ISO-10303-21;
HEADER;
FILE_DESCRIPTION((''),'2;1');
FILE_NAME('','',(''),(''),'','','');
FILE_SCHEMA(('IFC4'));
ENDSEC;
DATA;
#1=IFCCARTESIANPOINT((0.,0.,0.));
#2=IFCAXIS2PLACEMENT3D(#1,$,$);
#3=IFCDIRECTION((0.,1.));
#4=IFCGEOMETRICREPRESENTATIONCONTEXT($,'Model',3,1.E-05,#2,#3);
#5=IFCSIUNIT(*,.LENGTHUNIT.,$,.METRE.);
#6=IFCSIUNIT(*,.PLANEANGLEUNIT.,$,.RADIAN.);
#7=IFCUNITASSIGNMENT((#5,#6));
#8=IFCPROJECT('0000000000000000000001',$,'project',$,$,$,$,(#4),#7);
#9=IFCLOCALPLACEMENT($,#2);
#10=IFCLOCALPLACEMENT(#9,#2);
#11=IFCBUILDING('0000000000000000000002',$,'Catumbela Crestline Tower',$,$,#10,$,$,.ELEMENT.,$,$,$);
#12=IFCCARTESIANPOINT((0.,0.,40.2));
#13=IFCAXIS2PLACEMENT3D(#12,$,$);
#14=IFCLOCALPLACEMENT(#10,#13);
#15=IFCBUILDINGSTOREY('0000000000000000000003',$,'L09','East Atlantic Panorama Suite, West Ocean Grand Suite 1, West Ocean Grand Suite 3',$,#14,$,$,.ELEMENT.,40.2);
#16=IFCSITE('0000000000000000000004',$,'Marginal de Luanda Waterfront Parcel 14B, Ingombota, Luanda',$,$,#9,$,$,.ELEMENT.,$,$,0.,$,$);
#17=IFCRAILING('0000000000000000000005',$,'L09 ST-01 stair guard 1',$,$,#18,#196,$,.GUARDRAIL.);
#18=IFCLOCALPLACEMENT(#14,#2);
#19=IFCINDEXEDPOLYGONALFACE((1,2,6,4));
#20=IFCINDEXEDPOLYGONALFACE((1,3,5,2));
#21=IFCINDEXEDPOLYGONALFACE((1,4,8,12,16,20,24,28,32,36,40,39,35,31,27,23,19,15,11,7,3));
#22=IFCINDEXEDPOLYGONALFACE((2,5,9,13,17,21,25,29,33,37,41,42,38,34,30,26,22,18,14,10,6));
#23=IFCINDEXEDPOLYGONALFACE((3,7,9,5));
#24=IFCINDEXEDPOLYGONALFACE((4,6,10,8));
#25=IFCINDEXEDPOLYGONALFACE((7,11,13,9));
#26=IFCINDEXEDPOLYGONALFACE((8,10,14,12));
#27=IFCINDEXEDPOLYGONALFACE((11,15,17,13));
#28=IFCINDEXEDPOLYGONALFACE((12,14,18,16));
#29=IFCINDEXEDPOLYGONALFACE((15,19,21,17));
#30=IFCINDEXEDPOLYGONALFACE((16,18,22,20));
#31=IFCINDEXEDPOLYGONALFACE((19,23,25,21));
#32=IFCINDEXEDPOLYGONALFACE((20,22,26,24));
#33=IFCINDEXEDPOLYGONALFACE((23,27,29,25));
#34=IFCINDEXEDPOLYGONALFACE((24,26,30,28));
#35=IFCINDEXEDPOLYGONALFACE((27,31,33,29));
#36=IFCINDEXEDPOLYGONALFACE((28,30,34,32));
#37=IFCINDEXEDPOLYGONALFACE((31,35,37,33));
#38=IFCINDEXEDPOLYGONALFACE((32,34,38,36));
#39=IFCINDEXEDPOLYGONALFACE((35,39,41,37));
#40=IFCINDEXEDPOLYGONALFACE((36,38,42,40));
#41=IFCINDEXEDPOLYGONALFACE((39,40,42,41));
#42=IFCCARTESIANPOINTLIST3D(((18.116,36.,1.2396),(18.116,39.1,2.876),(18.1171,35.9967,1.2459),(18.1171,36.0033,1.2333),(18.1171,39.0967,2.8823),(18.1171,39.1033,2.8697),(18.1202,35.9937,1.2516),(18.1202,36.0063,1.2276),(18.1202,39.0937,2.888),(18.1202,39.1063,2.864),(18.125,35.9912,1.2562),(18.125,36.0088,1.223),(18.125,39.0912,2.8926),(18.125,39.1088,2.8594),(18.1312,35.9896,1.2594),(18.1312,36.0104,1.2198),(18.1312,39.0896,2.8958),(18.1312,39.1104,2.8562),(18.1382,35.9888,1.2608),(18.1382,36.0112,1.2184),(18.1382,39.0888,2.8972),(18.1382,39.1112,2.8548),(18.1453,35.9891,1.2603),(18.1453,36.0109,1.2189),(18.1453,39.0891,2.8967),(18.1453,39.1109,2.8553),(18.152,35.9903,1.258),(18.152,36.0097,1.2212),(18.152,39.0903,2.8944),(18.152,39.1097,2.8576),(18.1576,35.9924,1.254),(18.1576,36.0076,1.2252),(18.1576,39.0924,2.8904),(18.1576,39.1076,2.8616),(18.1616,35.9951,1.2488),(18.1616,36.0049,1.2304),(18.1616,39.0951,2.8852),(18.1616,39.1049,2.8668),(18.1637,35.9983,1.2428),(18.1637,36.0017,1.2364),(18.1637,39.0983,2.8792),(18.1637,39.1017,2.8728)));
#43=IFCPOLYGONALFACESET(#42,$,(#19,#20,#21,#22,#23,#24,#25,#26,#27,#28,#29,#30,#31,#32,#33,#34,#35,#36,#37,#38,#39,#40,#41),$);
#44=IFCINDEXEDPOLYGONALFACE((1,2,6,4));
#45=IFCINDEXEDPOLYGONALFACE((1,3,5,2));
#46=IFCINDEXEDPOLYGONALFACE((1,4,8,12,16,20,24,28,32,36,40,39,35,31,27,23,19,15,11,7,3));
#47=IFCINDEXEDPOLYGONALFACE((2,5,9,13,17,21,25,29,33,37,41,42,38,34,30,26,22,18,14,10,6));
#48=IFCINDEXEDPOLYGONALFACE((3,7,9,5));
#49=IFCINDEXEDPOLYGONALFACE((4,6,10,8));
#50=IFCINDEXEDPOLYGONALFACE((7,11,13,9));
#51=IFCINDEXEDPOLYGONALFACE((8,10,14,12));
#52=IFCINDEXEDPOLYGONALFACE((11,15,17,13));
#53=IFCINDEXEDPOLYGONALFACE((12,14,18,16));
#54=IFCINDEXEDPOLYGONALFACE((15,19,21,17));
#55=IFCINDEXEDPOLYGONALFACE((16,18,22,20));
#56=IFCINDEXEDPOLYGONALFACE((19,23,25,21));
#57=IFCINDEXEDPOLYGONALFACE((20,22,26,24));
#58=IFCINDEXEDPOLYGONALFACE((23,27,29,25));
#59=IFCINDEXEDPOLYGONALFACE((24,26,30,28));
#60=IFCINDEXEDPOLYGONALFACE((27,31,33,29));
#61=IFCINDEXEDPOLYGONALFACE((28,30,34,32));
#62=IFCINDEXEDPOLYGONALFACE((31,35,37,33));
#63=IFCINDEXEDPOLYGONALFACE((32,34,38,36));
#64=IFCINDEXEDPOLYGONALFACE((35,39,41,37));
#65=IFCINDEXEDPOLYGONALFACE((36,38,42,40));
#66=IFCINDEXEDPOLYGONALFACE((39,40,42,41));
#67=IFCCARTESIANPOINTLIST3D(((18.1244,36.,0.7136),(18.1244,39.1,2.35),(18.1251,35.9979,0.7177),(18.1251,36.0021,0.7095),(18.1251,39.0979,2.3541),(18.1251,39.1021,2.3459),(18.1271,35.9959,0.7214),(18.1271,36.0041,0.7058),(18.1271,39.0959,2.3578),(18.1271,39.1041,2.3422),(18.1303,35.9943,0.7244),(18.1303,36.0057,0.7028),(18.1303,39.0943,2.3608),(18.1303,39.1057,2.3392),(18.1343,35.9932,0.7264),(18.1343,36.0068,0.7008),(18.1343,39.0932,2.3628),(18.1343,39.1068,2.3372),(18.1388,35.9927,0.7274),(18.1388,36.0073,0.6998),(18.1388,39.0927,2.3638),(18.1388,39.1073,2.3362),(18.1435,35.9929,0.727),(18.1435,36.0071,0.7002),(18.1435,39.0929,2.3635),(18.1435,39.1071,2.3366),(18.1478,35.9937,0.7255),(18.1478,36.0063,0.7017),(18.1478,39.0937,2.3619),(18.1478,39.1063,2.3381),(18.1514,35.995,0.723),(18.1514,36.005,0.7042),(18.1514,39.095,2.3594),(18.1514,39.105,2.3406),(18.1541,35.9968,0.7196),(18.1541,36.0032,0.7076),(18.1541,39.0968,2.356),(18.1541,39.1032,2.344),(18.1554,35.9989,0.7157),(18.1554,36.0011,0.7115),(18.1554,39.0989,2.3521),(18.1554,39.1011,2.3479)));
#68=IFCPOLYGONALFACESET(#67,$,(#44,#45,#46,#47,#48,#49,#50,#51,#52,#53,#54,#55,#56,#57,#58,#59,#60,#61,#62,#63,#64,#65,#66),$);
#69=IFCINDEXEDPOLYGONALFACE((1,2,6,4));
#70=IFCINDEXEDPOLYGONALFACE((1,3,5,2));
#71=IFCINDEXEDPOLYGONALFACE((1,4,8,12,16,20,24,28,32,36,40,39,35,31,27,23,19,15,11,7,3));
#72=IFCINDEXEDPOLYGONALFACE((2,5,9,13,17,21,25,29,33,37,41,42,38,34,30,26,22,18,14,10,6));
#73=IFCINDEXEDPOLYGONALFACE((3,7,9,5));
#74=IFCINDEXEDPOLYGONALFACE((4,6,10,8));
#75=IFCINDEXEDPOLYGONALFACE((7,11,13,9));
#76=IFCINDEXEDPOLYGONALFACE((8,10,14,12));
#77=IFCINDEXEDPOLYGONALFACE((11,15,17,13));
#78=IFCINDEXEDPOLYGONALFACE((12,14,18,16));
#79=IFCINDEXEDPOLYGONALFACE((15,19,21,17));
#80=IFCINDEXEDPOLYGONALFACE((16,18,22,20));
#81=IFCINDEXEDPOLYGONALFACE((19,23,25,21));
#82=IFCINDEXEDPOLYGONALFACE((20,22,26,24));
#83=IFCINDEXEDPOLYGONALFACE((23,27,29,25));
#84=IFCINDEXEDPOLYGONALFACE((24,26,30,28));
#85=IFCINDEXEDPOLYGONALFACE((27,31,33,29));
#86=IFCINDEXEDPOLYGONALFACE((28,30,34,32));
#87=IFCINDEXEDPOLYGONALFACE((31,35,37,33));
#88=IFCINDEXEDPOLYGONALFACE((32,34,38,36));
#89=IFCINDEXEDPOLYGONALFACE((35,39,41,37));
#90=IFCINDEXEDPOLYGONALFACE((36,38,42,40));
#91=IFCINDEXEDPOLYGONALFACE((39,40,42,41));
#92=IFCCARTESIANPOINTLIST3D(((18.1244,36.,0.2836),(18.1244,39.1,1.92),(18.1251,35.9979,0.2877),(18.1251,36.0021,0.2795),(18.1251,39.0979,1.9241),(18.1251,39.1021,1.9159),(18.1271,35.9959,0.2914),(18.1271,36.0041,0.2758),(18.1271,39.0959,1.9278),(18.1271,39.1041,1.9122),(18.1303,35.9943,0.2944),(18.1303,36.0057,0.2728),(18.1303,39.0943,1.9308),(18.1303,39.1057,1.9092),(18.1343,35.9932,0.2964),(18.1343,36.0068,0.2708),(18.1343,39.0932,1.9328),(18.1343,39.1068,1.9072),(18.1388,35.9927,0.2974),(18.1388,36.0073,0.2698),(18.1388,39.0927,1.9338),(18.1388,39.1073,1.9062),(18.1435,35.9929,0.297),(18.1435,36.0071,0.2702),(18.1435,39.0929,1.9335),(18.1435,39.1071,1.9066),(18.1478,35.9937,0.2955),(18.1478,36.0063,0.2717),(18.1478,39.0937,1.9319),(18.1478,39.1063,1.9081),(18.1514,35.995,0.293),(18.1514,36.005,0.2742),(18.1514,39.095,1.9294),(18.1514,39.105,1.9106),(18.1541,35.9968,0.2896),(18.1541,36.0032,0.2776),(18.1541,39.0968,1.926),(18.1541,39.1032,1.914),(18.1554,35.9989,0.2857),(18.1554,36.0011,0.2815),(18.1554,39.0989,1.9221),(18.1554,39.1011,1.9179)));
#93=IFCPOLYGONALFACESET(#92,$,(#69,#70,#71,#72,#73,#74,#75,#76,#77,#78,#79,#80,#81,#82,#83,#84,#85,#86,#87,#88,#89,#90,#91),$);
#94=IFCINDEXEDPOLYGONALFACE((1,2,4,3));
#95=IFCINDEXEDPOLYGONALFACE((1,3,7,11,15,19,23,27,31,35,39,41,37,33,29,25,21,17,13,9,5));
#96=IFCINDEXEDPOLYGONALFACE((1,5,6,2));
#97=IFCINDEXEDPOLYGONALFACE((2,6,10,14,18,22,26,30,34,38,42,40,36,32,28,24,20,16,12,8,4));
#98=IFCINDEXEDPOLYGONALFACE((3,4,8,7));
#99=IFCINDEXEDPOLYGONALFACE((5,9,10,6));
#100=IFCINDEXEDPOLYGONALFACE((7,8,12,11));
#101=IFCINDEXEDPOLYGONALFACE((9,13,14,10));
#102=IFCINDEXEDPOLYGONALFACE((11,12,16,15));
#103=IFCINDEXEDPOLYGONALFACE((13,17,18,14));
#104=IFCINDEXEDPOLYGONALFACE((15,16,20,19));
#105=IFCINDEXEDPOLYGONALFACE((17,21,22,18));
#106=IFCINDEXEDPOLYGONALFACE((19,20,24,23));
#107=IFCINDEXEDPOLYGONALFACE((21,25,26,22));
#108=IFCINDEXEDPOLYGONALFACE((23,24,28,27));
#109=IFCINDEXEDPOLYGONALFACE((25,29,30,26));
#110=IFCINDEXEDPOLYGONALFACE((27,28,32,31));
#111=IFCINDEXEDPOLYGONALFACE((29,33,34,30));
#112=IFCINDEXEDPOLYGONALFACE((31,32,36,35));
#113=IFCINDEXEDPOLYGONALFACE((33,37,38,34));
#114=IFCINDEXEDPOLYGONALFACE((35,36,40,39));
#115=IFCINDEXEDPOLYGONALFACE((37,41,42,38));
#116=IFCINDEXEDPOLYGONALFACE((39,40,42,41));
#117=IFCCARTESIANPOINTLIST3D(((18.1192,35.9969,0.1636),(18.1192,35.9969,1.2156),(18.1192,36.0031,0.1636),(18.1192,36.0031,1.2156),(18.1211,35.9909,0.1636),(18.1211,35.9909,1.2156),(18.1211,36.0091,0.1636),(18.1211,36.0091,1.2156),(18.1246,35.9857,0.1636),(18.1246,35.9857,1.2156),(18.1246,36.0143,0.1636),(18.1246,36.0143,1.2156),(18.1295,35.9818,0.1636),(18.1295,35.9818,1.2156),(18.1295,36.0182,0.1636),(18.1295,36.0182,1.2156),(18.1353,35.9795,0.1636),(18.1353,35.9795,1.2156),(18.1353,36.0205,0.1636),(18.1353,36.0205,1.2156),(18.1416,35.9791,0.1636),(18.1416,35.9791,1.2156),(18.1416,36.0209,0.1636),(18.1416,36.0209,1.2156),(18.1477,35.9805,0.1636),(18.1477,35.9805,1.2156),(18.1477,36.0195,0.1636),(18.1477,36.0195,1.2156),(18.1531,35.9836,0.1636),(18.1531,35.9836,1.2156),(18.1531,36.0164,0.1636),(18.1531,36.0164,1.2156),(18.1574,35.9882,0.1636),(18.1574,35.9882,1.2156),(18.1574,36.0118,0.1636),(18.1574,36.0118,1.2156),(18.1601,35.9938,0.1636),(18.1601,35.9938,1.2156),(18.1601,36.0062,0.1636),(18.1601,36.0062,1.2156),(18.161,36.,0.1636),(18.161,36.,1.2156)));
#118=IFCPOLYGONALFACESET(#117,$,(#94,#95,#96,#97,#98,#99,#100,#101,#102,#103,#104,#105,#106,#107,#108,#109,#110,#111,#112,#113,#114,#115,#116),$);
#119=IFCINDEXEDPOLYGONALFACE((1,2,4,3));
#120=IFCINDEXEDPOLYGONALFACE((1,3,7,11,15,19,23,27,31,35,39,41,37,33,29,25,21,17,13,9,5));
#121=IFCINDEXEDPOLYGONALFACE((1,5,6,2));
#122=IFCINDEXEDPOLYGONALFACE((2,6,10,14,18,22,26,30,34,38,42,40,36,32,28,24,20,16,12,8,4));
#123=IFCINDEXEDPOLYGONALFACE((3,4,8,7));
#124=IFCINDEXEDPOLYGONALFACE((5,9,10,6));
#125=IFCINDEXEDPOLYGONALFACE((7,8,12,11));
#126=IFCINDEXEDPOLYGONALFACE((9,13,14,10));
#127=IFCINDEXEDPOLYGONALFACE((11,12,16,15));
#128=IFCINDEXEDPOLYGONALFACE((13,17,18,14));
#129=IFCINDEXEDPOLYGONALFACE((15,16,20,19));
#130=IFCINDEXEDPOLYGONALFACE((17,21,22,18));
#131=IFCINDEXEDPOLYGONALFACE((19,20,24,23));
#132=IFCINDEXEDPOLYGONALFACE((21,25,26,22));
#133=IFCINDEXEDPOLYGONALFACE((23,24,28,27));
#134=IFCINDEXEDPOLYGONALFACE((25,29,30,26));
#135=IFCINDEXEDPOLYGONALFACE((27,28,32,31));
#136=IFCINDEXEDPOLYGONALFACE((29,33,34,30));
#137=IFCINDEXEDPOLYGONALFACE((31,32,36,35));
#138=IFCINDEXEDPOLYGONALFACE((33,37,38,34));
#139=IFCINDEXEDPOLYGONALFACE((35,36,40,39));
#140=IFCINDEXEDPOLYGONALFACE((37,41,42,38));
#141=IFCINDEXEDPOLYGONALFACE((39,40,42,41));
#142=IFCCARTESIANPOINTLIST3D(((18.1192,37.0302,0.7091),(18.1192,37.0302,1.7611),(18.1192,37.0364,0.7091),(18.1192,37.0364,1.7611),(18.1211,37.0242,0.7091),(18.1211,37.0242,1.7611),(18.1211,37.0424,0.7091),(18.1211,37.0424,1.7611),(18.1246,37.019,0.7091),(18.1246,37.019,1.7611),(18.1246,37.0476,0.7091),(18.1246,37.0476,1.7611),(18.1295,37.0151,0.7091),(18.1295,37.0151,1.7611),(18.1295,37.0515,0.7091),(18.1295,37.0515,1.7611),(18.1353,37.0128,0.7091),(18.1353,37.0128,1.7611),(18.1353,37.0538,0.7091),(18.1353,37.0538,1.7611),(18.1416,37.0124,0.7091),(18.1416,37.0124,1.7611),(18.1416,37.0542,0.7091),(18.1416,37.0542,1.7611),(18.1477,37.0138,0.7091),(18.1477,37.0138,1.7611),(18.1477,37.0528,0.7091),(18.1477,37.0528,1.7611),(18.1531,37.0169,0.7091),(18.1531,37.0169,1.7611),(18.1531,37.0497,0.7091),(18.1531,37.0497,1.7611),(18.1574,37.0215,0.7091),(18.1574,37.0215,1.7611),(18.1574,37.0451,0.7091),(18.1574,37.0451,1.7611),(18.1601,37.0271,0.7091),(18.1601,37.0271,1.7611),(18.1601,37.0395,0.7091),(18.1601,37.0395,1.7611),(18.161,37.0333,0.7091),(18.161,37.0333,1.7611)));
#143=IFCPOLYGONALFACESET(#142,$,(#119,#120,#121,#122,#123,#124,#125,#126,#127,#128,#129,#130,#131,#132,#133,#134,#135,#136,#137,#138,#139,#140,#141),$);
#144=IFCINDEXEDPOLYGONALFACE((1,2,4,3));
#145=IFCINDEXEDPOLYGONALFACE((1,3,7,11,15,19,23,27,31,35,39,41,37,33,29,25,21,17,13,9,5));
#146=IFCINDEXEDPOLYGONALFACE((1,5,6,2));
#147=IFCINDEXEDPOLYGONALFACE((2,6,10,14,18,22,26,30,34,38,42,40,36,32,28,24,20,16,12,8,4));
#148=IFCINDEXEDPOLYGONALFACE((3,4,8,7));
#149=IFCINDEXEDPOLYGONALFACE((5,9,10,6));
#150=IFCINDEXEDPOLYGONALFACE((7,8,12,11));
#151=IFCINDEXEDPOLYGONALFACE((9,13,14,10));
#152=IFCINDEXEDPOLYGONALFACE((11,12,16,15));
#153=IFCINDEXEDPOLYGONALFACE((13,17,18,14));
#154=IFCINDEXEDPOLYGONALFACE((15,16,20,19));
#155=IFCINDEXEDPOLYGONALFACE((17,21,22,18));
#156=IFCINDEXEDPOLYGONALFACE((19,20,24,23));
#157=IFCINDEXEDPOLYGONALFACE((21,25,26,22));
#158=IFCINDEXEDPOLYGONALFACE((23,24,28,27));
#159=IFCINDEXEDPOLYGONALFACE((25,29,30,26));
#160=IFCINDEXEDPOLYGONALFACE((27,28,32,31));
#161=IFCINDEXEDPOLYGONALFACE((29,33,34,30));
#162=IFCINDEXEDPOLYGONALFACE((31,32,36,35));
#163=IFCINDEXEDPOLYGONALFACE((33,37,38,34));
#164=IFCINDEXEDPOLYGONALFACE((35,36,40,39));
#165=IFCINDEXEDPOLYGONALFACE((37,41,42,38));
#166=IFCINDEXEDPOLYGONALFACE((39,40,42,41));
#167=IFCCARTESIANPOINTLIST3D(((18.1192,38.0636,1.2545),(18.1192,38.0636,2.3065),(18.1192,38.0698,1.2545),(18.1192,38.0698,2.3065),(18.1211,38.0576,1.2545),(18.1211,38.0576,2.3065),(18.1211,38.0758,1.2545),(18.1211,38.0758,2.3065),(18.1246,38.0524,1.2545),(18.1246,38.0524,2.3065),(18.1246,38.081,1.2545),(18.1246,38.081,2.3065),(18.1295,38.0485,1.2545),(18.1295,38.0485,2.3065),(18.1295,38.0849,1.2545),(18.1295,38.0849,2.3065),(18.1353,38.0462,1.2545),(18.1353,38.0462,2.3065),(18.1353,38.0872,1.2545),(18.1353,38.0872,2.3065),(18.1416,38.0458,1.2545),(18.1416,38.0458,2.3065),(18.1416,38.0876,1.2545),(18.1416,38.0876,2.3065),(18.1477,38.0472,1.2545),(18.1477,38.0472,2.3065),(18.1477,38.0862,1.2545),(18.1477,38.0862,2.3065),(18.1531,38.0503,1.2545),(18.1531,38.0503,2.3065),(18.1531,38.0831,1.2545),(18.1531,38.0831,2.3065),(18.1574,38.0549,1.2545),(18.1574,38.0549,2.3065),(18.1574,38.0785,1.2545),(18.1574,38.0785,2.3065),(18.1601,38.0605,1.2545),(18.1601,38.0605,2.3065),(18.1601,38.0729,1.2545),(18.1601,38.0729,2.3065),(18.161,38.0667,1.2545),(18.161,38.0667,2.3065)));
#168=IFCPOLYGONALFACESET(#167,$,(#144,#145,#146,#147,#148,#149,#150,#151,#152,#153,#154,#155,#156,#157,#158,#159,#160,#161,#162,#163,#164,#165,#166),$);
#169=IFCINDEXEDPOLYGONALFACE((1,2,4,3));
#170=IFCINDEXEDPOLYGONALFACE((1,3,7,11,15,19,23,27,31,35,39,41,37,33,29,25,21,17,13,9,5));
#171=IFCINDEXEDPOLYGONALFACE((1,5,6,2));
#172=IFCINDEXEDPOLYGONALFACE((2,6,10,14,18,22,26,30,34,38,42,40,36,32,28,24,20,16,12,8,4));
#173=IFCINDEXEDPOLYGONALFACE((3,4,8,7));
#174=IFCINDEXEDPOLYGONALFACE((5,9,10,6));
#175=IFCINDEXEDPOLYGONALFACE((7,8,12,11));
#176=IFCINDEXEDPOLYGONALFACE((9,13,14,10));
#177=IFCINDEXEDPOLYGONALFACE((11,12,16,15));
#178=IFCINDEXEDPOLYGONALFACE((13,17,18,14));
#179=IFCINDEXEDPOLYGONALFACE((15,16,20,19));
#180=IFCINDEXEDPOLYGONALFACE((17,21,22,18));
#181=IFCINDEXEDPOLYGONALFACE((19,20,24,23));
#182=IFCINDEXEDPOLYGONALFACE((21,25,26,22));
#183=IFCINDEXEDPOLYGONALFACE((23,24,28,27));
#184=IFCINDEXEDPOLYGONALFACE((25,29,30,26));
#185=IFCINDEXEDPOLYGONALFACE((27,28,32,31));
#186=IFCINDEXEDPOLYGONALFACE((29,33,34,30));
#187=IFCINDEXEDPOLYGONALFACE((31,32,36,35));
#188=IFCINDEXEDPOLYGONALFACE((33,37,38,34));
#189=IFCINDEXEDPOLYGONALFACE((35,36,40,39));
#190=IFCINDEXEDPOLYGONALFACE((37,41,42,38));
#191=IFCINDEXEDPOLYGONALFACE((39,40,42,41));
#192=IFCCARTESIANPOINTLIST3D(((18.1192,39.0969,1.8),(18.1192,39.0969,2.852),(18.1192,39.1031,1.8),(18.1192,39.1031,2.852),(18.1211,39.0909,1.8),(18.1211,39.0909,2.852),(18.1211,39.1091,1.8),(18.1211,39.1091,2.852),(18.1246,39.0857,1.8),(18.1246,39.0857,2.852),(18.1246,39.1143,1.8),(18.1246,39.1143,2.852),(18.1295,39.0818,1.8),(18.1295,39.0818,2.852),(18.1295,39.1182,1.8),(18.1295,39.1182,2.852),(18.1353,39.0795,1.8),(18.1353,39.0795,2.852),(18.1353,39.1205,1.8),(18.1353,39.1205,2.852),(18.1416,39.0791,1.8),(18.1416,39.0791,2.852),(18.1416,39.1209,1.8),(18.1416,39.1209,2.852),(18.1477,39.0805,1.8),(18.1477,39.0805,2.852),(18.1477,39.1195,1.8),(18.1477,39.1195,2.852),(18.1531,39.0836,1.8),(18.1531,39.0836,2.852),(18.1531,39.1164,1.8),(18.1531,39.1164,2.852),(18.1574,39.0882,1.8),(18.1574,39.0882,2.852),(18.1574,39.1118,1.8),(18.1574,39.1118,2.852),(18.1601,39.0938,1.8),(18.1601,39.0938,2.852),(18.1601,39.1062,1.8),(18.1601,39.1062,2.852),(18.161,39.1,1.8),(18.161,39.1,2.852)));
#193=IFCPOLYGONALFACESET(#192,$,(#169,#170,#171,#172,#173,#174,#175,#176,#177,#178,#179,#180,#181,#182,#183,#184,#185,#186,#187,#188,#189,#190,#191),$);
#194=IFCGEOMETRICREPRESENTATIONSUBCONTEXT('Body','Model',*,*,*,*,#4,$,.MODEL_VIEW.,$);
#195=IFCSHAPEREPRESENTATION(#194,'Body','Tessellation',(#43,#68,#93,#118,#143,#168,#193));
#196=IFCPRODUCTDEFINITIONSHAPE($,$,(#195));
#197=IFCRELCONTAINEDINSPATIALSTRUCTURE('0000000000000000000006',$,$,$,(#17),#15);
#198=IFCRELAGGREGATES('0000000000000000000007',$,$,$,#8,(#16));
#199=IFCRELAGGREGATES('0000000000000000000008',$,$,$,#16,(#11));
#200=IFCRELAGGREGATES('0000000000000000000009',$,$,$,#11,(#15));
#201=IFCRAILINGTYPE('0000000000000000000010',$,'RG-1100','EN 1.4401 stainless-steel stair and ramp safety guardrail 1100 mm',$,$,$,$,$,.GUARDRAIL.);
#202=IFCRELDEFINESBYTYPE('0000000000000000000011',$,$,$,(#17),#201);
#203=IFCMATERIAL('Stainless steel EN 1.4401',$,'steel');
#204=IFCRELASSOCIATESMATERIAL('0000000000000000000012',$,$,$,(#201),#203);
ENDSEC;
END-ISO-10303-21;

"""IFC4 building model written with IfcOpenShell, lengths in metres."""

from ifc_helpers import new_model, si_unit, direction, frame, origin, origin_2d, place, context, subcontext, project, spatial, circle, extrude, material, type_object, element, save


model = new_model("IFC4")

# Units and contexts
model_context = context("Model", 3, precision=1e-05, world=origin(), true_north=direction((0.0, 1.0)))
body_context = subcontext(model_context, "Body", "Model", "MODEL_VIEW")
ifc_project = project(units=[si_unit("LENGTHUNIT", "METRE"), si_unit("PLANEANGLEUNIT", "RADIAN")], contexts=[model_context])

# Site, building, storey
site_placement = place(None, origin())
site = spatial("IfcSite", under=ifc_project, at=site_placement, Name="Marginal de Luanda Waterfront Parcel 14B, Ingombota, Luanda", CompositionType="ELEMENT", RefElevation=0.0)
building_placement = place(site_placement, origin())
building = spatial("IfcBuilding", under=site, at=building_placement, Name="Catumbela Crestline Tower", CompositionType="ELEMENT")
storey_placement = place(building_placement, frame((0.0, 0.0, 40.2)))
storey = spatial("IfcBuildingStorey", under=building, at=storey_placement, Name="L09", Description="East Atlantic Panorama Suite, West Ocean Grand Suite 1, West Ocean Grand Suite 3", CompositionType="ELEMENT", Elevation=40.2)

# Shared definitions
ifc_material_1 = material(Name="Stainless steel EN 1.4401", Category="steel")

# Railing
railing_type_1 = type_object("IfcRailingType", Name="RG-1100", Description="EN 1.4401 stainless-steel stair and ramp safety guardrail 1100 mm", PredefinedType="GUARDRAIL", material=ifc_material_1)
railing_1_placement = place(storey_placement, frame((18.14, 36.0, 0.1636)))
element("IfcRailing", 1, at=railing_1_placement, inside=storey, type_object=railing_type_1, Name="L09 ST-01 stair guard 1", PredefinedType="GUARDRAIL", context=body_context, shape_type="SweptSolid", body=[
    extrude(circle(Radius=0.024, at=origin_2d()), frame((0.0, 0.0, 1.076), z_axis=(0.0, 0.884351, 0.466823), x_axis=(-1.0, 0.0, 0.0)), (0.0, 0.0, 1.0), 3.5054),
    extrude(circle(Radius=0.0156, at=origin_2d()), frame((0.0, 0.0, 0.55), z_axis=(0.0, 0.884351, 0.466823), x_axis=(-1.0, 0.0, 0.0)), (0.0, 0.0, 1.0), 3.5054),
    extrude(circle(Radius=0.0156, at=origin_2d()), frame((0.0, 0.0, 0.12), z_axis=(0.0, 0.884351, 0.466823), x_axis=(-1.0, 0.0, 0.0)), (0.0, 0.0, 1.0), 3.5054),
    extrude(circle(Radius=0.021, at=origin_2d()), origin(), (0.0, 0.0, 1.0), 1.052),
    extrude(circle(Radius=0.021, at=origin_2d()), frame((0.0, 1.0333, 0.5455)), (0.0, 0.0, 1.0), 1.052),
    extrude(circle(Radius=0.021, at=origin_2d()), frame((0.0, 2.0667, 1.0909)), (0.0, 0.0, 1.0), 1.052),
    extrude(circle(Radius=0.021, at=origin_2d()), frame((0.0, 3.1, 1.6364)), (0.0, 0.0, 1.0), 1.052),
])

save(model, "model.ifc")
